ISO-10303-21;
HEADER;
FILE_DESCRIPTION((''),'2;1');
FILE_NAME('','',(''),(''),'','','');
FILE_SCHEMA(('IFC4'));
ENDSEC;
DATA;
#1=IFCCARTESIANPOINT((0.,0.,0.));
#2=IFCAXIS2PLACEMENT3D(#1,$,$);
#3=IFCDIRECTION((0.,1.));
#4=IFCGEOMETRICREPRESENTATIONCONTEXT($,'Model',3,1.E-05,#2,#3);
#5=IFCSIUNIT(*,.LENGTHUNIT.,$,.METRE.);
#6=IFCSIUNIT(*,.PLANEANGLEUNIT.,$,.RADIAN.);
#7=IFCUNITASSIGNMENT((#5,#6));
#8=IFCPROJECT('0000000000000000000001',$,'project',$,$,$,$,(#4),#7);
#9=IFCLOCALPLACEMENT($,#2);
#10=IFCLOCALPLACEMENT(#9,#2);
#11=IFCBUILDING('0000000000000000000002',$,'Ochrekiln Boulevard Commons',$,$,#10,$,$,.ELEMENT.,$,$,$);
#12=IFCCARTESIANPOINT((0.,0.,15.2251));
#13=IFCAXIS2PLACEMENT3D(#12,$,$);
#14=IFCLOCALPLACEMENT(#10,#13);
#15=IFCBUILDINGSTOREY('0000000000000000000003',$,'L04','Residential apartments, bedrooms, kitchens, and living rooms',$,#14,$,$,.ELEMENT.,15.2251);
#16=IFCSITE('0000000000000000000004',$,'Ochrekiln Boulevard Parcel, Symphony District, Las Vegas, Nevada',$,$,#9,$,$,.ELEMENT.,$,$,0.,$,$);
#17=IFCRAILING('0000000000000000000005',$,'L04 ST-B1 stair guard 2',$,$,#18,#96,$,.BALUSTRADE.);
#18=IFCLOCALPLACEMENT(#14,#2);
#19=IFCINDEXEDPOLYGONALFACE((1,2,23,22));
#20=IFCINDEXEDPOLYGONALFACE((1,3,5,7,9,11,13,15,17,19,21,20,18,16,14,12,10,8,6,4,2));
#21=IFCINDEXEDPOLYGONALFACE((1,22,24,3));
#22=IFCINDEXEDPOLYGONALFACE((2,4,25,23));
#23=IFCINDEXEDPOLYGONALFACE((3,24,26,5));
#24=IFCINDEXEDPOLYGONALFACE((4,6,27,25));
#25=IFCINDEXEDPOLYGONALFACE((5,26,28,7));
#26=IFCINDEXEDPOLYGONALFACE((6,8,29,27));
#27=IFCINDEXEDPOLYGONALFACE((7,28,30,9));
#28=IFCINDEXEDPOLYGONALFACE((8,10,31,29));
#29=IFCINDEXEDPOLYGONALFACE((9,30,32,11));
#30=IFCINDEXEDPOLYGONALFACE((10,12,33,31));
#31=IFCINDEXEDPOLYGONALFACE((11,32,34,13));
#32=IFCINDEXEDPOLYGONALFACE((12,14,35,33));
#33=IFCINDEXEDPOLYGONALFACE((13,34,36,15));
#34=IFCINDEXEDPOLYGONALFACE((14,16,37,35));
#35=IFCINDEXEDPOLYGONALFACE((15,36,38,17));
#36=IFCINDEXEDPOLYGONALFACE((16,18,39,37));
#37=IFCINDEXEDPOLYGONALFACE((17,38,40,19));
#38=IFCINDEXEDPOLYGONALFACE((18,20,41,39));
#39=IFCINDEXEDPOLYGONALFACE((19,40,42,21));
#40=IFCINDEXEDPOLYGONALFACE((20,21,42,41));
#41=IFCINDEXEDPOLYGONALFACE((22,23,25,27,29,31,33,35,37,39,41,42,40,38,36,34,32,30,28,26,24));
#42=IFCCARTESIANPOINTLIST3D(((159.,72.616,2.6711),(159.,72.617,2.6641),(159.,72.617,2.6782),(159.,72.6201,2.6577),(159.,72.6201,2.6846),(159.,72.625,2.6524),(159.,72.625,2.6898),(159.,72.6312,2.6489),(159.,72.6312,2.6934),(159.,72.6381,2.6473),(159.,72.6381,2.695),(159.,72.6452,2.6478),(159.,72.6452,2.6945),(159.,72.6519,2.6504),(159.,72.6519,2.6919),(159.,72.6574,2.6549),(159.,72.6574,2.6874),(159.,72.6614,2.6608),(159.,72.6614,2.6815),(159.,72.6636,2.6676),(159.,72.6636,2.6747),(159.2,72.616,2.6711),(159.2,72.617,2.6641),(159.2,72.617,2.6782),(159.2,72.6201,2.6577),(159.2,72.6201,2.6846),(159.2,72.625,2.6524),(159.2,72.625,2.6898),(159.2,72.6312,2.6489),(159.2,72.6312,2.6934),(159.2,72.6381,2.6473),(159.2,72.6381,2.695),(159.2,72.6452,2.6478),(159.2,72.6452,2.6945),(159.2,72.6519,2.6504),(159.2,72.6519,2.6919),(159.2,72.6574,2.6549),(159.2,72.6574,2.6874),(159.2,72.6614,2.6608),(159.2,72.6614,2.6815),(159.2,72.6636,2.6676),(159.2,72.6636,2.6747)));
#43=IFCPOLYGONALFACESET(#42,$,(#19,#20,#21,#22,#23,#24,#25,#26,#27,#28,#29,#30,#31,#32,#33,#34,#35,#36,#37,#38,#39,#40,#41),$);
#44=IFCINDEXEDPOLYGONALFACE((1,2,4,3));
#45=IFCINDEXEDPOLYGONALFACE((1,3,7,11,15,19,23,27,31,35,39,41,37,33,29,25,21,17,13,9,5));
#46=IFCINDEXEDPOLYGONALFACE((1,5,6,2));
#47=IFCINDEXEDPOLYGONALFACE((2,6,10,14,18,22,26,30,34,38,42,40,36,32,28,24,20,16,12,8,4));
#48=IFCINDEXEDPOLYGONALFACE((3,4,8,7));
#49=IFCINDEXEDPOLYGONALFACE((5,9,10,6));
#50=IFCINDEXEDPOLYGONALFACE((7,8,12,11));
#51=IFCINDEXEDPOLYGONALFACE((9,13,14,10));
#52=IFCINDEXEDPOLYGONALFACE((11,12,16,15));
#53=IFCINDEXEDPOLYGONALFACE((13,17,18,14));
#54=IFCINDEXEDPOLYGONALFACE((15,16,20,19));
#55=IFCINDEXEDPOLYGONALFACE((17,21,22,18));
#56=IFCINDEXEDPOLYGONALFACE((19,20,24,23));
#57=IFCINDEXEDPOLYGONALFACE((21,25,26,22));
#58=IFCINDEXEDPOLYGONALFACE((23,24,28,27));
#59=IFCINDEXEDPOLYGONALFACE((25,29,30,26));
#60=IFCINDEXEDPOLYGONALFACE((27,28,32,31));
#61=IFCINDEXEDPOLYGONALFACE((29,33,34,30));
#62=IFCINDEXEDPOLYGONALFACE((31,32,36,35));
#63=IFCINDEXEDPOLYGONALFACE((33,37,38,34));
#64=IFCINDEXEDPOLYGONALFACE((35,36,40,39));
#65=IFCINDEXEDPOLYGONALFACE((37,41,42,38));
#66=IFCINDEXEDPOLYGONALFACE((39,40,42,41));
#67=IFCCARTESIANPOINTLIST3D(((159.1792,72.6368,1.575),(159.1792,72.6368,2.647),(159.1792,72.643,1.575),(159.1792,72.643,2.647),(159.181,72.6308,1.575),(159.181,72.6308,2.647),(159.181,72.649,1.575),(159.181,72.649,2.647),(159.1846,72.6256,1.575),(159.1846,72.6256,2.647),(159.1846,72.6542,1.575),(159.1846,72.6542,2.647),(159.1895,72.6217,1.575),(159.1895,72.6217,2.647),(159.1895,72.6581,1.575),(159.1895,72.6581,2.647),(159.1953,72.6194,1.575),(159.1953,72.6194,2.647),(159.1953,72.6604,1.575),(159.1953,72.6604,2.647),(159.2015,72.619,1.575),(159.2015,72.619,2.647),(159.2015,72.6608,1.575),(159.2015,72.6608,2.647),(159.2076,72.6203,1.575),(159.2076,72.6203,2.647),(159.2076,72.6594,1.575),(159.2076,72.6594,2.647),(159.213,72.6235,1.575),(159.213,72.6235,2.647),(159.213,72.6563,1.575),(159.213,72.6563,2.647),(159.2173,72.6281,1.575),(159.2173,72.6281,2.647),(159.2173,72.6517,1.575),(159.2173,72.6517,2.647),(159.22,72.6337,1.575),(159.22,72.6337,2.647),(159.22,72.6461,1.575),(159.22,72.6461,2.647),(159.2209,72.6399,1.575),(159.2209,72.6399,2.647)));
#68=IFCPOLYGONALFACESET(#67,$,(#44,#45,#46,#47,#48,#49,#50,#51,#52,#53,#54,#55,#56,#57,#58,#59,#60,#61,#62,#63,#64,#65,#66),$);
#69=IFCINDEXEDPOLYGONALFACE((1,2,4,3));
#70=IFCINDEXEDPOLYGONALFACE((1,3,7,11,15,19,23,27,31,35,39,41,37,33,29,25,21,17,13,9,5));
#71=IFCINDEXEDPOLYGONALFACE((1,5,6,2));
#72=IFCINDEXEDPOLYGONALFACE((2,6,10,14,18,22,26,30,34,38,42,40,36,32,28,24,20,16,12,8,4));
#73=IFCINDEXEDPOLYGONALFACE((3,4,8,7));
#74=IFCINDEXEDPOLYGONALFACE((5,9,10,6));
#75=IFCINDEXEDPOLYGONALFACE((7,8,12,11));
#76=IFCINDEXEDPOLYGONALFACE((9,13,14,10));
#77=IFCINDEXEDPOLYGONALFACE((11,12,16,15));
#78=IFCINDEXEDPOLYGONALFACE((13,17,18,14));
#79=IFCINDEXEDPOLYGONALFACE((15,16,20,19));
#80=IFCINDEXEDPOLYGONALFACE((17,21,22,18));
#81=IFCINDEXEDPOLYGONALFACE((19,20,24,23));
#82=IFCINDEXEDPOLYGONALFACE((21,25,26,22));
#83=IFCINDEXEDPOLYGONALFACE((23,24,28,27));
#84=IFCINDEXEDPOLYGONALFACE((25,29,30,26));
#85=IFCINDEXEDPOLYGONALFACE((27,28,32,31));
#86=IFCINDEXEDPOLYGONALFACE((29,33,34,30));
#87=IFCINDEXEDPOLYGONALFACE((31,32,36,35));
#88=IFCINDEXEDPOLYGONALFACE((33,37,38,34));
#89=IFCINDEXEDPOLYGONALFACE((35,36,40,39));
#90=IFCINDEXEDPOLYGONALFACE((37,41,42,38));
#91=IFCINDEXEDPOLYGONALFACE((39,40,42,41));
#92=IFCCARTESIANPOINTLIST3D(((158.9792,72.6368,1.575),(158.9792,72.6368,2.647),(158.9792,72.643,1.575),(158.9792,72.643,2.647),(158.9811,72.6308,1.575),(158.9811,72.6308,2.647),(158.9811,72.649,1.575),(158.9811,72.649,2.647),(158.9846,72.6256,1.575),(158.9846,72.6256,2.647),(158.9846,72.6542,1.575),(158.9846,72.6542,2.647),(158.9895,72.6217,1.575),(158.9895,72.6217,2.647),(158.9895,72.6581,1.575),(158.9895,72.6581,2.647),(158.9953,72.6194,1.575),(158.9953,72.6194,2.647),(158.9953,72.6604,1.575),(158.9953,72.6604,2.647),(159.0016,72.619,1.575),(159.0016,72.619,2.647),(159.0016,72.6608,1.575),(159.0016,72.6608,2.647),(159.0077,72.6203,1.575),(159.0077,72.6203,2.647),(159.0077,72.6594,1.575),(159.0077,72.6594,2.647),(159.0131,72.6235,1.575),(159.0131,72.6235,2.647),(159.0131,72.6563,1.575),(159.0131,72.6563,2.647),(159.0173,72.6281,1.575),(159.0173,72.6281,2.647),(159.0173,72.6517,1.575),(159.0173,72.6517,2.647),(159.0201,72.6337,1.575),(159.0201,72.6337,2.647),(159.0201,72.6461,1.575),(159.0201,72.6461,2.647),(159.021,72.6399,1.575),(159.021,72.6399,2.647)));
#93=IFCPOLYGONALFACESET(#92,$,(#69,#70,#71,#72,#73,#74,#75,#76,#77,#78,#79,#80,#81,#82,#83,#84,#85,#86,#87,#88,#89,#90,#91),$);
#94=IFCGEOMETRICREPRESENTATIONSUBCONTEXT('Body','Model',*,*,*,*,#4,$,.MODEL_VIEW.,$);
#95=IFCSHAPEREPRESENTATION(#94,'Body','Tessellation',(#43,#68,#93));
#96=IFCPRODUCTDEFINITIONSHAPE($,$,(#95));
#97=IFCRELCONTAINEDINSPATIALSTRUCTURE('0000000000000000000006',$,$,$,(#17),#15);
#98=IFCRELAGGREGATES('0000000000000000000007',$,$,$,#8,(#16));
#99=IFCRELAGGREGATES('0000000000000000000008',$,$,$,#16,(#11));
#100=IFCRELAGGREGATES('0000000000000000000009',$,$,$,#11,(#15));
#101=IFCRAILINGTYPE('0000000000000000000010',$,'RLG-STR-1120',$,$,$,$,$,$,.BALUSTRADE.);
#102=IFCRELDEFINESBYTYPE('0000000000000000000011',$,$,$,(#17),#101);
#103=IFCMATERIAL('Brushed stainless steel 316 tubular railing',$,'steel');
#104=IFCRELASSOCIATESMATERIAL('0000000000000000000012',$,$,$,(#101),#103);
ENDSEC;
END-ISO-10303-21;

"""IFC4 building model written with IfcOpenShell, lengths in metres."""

from ifc_helpers import new_model, si_unit, direction, frame, origin, origin_2d, place, context, subcontext, project, spatial, circle, extrude, material, type_object, element, save


model = new_model("IFC4")

# Units and contexts
model_context = context("Model", 3, precision=1e-05, world=origin(), true_north=direction((0.0, 1.0)))
body_context = subcontext(model_context, "Body", "Model", "MODEL_VIEW")
ifc_project = project(units=[si_unit("LENGTHUNIT", "METRE"), si_unit("PLANEANGLEUNIT", "RADIAN")], contexts=[model_context])

# Site, building, storey
site_placement = place(None, origin())
site = spatial("IfcSite", under=ifc_project, at=site_placement, Name="Ochrekiln Boulevard Parcel, Symphony District, Las Vegas, Nevada", CompositionType="ELEMENT", RefElevation=0.0)
building_placement = place(site_placement, origin())
building = spatial("IfcBuilding", under=site, at=building_placement, Name="Ochrekiln Boulevard Commons", CompositionType="ELEMENT")
storey_placement = place(building_placement, frame((0.0, 0.0, 15.2251)))
storey = spatial("IfcBuildingStorey", under=building, at=storey_placement, Name="L04", Description="Residential apartments, bedrooms, kitchens, and living rooms", CompositionType="ELEMENT", Elevation=15.2251)

# Railing
ifc_material_1 = material(Name="Brushed stainless steel 316 tubular railing", Category="steel")
railing_type_1 = type_object("IfcRailingType", Name="RLG-STR-1120", PredefinedType="BALUSTRADE", material=ifc_material_1)
railing_1_placement = place(storey_placement, frame((159.2, 72.6399, 1.575)))
element("IfcRailing", 1, at=railing_1_placement, inside=storey, type_object=railing_type_1, Name="L04 ST-B1 stair guard 2", PredefinedType="BALUSTRADE", context=body_context, shape_type="SweptSolid", body=[
    extrude(circle(Radius=0.0239, at=origin_2d()), frame((0.0, 0.0, 1.0962), z_axis=(-1.0, 0.0, 0.0), x_axis=(0.0, -1.0, 0.0)), (0.0, 0.0, 1.0), 0.2),
    extrude(circle(Radius=0.021, at=origin_2d()), origin(), (0.0, 0.0, 1.0), 1.072),
    extrude(circle(Radius=0.021, at=origin_2d()), frame((-0.2, 0.0, 0.0)), (0.0, 0.0, 1.0), 1.072),
])

save(model, "model.ifc")
